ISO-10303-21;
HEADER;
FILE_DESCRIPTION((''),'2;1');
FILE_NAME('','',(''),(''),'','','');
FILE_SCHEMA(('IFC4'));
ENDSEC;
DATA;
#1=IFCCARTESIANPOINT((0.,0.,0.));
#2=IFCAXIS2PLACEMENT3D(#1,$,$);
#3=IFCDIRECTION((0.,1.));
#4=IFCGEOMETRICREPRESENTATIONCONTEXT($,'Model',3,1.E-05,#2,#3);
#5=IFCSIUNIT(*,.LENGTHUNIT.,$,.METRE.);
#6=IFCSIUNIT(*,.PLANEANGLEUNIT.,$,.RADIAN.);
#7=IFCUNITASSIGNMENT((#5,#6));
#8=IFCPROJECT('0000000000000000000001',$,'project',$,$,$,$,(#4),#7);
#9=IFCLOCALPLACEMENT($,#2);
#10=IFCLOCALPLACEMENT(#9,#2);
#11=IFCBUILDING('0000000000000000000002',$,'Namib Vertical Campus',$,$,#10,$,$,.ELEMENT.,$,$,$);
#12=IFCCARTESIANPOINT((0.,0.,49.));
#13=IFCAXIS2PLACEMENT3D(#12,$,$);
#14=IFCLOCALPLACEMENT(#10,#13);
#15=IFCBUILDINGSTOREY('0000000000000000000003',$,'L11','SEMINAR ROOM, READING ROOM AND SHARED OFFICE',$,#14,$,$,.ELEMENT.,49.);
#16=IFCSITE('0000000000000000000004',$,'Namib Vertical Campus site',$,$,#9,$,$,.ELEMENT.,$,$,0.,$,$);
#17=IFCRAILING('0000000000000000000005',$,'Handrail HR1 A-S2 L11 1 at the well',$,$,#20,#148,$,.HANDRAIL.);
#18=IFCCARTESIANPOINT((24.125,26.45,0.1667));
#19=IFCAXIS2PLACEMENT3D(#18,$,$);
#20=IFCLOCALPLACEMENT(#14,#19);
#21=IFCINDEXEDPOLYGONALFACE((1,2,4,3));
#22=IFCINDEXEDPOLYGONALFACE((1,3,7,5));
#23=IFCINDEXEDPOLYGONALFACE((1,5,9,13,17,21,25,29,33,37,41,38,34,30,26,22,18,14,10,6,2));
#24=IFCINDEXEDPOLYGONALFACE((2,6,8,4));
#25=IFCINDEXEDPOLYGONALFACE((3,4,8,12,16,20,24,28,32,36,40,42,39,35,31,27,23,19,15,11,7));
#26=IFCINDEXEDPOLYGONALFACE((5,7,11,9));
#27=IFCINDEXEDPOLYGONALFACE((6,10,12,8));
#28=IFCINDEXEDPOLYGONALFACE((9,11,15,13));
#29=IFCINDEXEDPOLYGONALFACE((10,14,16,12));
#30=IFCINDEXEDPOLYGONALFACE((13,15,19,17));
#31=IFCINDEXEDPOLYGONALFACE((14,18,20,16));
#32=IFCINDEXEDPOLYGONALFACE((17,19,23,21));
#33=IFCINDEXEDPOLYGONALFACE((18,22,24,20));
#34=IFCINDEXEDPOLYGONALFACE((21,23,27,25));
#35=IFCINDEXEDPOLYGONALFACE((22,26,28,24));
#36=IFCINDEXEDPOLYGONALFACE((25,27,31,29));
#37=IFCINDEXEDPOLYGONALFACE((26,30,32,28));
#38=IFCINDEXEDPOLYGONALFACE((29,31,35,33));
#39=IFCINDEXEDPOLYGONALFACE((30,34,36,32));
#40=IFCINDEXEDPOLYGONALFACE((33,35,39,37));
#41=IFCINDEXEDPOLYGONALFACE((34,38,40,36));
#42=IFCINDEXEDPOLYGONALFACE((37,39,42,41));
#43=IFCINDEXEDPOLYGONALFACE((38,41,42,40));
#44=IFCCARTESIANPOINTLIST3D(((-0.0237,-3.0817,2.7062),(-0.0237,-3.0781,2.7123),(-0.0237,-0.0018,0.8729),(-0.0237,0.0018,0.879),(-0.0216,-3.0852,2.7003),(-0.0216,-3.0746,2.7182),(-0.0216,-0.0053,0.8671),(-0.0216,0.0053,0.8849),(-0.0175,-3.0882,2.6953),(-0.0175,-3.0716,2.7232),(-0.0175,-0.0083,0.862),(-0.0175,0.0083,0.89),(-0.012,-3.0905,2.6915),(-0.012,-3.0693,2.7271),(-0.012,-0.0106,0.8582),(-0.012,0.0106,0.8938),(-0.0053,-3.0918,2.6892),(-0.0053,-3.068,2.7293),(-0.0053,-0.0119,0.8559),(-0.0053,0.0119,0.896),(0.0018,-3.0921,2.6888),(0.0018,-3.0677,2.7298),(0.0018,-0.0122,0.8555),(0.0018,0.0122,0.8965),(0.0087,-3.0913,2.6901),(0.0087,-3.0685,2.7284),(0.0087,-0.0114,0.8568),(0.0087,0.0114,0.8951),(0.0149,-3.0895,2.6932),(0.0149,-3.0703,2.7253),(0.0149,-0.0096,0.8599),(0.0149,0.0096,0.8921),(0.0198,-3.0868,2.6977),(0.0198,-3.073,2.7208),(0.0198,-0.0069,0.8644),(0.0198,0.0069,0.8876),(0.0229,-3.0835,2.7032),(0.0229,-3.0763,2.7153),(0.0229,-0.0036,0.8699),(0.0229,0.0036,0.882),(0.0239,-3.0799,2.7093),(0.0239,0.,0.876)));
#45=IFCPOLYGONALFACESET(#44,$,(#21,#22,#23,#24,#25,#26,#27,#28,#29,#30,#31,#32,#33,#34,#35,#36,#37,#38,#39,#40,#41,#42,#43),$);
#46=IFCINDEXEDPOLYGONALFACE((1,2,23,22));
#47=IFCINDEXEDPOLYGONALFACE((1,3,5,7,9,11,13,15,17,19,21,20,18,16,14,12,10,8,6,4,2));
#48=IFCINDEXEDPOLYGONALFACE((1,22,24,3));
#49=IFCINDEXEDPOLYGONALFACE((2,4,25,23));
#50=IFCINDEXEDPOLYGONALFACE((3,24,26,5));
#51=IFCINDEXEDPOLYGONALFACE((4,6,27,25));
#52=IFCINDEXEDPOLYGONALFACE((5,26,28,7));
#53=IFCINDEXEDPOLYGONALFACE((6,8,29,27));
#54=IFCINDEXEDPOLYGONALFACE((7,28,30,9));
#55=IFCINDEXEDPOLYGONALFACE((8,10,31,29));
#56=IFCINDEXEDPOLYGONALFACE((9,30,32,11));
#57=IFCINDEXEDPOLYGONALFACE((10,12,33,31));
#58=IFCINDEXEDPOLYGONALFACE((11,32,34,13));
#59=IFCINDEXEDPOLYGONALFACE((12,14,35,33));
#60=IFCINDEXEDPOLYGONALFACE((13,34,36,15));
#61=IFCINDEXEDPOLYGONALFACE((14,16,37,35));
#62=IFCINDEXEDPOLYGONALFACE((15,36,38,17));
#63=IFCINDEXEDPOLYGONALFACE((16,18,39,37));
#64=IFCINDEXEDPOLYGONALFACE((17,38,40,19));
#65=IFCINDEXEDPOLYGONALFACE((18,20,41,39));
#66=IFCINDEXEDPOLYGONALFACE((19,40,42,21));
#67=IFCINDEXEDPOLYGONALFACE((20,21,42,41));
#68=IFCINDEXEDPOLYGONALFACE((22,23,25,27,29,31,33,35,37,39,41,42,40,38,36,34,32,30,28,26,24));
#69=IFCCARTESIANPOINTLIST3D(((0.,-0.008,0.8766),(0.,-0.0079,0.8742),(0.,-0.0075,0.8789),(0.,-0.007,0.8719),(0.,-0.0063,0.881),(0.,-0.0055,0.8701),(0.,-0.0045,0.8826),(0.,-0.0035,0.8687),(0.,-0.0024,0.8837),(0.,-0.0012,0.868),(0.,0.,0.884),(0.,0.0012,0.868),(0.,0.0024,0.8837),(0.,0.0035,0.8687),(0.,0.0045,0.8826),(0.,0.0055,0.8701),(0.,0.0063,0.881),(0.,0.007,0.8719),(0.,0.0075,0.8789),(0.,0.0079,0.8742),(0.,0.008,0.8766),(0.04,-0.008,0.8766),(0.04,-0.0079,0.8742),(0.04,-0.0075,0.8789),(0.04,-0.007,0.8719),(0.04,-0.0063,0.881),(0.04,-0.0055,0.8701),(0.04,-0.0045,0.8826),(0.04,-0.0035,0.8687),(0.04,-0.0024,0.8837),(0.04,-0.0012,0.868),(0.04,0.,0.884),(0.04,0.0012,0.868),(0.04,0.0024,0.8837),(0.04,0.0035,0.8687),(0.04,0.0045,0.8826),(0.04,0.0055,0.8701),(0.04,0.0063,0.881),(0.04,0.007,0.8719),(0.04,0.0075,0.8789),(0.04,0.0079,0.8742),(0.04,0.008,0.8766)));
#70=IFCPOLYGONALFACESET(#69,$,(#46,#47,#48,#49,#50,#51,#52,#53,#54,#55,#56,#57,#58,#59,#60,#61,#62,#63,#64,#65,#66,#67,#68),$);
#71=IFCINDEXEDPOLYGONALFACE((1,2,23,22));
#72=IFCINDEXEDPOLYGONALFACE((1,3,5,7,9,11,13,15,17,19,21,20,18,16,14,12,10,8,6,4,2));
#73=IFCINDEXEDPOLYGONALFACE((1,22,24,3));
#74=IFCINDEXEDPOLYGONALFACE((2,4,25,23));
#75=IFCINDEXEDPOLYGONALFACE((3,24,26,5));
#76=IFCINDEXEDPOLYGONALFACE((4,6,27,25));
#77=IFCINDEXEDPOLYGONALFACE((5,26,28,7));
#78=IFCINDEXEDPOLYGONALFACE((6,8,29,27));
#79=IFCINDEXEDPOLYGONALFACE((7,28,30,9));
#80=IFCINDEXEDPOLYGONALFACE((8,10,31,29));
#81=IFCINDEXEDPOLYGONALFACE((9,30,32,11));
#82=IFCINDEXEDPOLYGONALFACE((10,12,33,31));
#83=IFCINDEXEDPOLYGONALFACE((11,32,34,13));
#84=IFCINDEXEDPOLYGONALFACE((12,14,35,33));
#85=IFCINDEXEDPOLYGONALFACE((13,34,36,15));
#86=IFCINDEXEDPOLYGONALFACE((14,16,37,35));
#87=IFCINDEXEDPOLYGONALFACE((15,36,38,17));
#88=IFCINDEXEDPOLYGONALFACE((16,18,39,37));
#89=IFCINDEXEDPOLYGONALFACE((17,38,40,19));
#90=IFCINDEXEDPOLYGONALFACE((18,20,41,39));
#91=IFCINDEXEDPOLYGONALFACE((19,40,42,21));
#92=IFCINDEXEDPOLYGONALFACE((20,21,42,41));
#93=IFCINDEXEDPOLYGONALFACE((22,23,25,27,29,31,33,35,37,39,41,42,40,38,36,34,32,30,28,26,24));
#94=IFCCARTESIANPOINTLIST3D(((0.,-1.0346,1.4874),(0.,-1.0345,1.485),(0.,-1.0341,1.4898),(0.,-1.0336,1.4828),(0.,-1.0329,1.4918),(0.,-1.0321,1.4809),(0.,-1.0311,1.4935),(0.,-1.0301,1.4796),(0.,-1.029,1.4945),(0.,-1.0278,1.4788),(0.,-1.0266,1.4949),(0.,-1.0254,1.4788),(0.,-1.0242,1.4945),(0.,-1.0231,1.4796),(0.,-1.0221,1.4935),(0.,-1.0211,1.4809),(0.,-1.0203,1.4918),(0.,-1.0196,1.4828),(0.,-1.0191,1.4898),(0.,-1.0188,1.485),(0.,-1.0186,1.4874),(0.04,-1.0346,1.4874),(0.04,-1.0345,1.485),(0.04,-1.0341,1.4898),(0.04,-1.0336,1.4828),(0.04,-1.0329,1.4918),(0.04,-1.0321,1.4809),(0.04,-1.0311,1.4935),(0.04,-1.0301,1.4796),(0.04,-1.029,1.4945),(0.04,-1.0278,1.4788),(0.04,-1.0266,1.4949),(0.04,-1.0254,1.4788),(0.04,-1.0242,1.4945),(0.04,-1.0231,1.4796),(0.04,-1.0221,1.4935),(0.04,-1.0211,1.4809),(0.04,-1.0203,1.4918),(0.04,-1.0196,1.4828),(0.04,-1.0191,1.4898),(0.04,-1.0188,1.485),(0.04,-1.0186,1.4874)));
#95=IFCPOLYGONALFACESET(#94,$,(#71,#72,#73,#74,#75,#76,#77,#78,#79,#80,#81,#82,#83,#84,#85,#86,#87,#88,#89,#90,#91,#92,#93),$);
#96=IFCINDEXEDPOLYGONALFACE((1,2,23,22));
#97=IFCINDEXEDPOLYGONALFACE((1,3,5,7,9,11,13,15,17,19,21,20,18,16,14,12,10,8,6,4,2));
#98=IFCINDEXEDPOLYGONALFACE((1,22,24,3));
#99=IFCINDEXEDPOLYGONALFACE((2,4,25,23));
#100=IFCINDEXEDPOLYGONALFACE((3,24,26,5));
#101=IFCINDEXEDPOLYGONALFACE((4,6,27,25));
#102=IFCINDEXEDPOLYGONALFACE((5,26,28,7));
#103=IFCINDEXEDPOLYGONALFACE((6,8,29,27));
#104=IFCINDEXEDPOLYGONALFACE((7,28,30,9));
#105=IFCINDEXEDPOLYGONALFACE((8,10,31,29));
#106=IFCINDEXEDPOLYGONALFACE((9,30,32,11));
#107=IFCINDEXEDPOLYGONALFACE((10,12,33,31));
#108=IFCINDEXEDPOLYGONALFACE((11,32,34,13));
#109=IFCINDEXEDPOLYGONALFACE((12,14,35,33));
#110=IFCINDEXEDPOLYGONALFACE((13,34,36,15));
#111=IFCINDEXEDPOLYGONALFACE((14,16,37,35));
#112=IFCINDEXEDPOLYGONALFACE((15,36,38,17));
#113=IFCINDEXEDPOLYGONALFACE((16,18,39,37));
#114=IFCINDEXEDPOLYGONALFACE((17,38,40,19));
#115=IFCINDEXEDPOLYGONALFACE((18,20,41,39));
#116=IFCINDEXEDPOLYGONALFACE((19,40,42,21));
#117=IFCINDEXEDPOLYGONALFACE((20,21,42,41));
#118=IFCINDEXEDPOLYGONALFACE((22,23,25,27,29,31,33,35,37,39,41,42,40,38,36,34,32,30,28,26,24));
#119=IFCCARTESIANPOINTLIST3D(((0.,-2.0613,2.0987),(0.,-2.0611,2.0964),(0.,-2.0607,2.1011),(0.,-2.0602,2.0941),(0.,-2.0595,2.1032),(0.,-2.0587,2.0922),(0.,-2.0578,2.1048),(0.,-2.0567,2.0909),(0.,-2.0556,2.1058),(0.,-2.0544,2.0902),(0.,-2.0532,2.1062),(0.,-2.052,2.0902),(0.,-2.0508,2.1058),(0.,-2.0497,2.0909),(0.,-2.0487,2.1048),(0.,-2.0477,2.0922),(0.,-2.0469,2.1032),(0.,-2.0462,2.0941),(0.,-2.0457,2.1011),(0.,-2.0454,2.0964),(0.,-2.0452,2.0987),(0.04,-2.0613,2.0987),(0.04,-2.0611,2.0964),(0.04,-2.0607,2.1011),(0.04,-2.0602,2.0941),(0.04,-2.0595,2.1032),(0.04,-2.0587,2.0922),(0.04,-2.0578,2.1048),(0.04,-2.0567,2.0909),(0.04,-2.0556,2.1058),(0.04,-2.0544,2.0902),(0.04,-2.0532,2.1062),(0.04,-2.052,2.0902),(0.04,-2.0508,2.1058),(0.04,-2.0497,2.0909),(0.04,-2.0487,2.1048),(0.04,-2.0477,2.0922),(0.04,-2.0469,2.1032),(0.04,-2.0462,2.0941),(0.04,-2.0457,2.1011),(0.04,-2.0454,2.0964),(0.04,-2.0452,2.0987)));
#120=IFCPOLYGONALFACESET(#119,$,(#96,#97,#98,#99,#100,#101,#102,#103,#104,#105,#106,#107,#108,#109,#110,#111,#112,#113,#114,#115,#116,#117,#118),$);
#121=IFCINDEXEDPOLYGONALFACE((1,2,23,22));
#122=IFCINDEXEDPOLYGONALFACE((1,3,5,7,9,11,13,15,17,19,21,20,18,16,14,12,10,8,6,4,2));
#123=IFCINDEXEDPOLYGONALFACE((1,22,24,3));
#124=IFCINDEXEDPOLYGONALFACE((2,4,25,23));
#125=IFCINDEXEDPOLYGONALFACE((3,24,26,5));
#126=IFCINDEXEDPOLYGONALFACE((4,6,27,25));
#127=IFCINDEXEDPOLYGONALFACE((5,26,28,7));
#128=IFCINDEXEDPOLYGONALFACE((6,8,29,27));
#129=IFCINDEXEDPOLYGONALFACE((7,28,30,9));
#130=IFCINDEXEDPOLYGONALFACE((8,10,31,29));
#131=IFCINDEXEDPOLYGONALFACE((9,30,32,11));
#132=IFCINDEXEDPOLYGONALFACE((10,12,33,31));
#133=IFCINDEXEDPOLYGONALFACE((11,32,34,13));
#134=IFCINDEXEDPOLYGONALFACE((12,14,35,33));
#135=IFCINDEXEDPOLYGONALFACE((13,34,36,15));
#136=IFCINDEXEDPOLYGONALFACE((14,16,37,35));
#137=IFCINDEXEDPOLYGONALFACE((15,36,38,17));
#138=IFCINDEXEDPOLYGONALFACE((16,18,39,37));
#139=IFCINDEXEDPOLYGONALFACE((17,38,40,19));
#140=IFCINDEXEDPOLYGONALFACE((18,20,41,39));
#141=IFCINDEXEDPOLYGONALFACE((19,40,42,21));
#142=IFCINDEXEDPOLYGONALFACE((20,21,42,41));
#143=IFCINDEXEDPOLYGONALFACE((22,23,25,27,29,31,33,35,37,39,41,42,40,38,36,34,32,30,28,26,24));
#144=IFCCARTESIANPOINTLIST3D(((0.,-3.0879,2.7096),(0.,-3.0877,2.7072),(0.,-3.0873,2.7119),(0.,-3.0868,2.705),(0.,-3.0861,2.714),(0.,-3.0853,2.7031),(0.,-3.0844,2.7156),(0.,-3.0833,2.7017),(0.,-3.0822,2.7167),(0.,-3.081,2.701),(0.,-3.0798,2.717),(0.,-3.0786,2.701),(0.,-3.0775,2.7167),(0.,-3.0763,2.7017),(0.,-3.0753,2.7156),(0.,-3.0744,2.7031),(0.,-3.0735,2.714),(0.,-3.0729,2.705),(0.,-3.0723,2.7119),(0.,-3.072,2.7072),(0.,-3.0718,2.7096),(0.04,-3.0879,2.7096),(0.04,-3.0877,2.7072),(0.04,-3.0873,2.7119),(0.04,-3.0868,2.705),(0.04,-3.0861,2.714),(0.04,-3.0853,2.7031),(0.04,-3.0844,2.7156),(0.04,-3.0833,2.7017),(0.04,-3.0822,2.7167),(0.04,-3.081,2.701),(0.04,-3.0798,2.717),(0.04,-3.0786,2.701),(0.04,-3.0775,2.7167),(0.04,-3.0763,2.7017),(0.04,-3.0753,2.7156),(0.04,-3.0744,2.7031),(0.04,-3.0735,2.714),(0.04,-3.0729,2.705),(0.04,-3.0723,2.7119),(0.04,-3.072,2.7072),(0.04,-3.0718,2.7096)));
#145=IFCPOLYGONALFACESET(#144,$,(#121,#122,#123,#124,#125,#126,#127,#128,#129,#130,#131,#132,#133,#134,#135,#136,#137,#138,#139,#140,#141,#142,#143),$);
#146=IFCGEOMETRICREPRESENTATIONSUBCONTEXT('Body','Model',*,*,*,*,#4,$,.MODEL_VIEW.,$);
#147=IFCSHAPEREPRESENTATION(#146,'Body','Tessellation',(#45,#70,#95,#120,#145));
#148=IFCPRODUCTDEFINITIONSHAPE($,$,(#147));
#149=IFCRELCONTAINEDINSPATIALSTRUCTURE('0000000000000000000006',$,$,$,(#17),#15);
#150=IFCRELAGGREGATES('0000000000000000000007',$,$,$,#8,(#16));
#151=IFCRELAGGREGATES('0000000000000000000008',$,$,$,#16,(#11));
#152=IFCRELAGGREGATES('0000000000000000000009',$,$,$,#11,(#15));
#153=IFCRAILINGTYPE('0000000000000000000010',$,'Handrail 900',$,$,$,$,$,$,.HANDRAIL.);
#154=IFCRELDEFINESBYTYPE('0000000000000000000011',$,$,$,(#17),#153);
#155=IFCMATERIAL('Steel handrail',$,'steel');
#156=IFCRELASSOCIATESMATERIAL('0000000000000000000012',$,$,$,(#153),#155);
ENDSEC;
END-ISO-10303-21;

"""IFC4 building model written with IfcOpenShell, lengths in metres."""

from ifc_helpers import new_model, si_unit, direction, frame, origin, origin_2d, place, context, subcontext, project, spatial, circle, extrude, material, type_object, element, save


model = new_model("IFC4")

# Units and contexts
model_context = context("Model", 3, precision=1e-05, world=origin(), true_north=direction((0.0, 1.0)))
body_context = subcontext(model_context, "Body", "Model", "MODEL_VIEW")
ifc_project = project(units=[si_unit("LENGTHUNIT", "METRE"), si_unit("PLANEANGLEUNIT", "RADIAN")], contexts=[model_context])

# Site, building, storey
site_placement = place(None, origin())
site = spatial("IfcSite", under=ifc_project, at=site_placement, Name="Namib Vertical Campus site", CompositionType="ELEMENT", RefElevation=0.0)
building_placement = place(site_placement, origin())
building = spatial("IfcBuilding", under=site, at=building_placement, Name="Namib Vertical Campus", CompositionType="ELEMENT")
storey_placement = place(building_placement, frame((0.0, 0.0, 49.0)))
storey = spatial("IfcBuildingStorey", under=building, at=storey_placement, Name="L11", Description="SEMINAR ROOM, READING ROOM AND SHARED OFFICE", CompositionType="ELEMENT", Elevation=49.0)

# Railing
ifc_material_1 = material(Name="Steel handrail", Category="steel")
railing_type_1 = type_object("IfcRailingType", Name="Handrail 900", PredefinedType="HANDRAIL", material=ifc_material_1)
railing_1_placement = place(storey_placement, frame((24.125, 26.45, 0.1667)))
element("IfcRailing", 1, at=railing_1_placement, inside=storey, type_object=railing_type_1, Name="Handrail HR1 A-S2 L11 1 at the well", PredefinedType="HANDRAIL", context=body_context, shape_type="SweptSolid", body=[
    extrude(circle(Radius=0.0239, at=origin_2d()), frame((0.0, 0.0, 0.876), z_axis=(0.0, -0.859291, 0.511487), x_axis=(1.0, 0.0, 0.0)), (0.0, 0.0, 1.0), 3.5842),
    extrude(circle(Radius=0.0081, at=origin_2d()), frame((0.0, 0.0, 0.876), z_axis=(1.0, 0.0, 0.0), x_axis=(0.0, 0.0, 1.0)), (0.0, 0.0, 1.0), 0.04),
    extrude(circle(Radius=0.0081, at=origin_2d()), frame((0.0, -1.0266, 1.4868), z_axis=(1.0, 0.0, 0.0), x_axis=(0.0, 0.0, 1.0)), (0.0, 0.0, 1.0), 0.04),
    extrude(circle(Radius=0.0081, at=origin_2d()), frame((0.0, -2.0532, 2.0981), z_axis=(1.0, 0.0, 0.0), x_axis=(0.0, 0.0, 1.0)), (0.0, 0.0, 1.0), 0.04),
    extrude(circle(Radius=0.0081, at=origin_2d()), frame((0.0, -3.0798, 2.709), z_axis=(1.0, 0.0, 0.0), x_axis=(0.0, 0.0, 1.0)), (0.0, 0.0, 1.0), 0.04),
])

save(model, "model.ifc")
